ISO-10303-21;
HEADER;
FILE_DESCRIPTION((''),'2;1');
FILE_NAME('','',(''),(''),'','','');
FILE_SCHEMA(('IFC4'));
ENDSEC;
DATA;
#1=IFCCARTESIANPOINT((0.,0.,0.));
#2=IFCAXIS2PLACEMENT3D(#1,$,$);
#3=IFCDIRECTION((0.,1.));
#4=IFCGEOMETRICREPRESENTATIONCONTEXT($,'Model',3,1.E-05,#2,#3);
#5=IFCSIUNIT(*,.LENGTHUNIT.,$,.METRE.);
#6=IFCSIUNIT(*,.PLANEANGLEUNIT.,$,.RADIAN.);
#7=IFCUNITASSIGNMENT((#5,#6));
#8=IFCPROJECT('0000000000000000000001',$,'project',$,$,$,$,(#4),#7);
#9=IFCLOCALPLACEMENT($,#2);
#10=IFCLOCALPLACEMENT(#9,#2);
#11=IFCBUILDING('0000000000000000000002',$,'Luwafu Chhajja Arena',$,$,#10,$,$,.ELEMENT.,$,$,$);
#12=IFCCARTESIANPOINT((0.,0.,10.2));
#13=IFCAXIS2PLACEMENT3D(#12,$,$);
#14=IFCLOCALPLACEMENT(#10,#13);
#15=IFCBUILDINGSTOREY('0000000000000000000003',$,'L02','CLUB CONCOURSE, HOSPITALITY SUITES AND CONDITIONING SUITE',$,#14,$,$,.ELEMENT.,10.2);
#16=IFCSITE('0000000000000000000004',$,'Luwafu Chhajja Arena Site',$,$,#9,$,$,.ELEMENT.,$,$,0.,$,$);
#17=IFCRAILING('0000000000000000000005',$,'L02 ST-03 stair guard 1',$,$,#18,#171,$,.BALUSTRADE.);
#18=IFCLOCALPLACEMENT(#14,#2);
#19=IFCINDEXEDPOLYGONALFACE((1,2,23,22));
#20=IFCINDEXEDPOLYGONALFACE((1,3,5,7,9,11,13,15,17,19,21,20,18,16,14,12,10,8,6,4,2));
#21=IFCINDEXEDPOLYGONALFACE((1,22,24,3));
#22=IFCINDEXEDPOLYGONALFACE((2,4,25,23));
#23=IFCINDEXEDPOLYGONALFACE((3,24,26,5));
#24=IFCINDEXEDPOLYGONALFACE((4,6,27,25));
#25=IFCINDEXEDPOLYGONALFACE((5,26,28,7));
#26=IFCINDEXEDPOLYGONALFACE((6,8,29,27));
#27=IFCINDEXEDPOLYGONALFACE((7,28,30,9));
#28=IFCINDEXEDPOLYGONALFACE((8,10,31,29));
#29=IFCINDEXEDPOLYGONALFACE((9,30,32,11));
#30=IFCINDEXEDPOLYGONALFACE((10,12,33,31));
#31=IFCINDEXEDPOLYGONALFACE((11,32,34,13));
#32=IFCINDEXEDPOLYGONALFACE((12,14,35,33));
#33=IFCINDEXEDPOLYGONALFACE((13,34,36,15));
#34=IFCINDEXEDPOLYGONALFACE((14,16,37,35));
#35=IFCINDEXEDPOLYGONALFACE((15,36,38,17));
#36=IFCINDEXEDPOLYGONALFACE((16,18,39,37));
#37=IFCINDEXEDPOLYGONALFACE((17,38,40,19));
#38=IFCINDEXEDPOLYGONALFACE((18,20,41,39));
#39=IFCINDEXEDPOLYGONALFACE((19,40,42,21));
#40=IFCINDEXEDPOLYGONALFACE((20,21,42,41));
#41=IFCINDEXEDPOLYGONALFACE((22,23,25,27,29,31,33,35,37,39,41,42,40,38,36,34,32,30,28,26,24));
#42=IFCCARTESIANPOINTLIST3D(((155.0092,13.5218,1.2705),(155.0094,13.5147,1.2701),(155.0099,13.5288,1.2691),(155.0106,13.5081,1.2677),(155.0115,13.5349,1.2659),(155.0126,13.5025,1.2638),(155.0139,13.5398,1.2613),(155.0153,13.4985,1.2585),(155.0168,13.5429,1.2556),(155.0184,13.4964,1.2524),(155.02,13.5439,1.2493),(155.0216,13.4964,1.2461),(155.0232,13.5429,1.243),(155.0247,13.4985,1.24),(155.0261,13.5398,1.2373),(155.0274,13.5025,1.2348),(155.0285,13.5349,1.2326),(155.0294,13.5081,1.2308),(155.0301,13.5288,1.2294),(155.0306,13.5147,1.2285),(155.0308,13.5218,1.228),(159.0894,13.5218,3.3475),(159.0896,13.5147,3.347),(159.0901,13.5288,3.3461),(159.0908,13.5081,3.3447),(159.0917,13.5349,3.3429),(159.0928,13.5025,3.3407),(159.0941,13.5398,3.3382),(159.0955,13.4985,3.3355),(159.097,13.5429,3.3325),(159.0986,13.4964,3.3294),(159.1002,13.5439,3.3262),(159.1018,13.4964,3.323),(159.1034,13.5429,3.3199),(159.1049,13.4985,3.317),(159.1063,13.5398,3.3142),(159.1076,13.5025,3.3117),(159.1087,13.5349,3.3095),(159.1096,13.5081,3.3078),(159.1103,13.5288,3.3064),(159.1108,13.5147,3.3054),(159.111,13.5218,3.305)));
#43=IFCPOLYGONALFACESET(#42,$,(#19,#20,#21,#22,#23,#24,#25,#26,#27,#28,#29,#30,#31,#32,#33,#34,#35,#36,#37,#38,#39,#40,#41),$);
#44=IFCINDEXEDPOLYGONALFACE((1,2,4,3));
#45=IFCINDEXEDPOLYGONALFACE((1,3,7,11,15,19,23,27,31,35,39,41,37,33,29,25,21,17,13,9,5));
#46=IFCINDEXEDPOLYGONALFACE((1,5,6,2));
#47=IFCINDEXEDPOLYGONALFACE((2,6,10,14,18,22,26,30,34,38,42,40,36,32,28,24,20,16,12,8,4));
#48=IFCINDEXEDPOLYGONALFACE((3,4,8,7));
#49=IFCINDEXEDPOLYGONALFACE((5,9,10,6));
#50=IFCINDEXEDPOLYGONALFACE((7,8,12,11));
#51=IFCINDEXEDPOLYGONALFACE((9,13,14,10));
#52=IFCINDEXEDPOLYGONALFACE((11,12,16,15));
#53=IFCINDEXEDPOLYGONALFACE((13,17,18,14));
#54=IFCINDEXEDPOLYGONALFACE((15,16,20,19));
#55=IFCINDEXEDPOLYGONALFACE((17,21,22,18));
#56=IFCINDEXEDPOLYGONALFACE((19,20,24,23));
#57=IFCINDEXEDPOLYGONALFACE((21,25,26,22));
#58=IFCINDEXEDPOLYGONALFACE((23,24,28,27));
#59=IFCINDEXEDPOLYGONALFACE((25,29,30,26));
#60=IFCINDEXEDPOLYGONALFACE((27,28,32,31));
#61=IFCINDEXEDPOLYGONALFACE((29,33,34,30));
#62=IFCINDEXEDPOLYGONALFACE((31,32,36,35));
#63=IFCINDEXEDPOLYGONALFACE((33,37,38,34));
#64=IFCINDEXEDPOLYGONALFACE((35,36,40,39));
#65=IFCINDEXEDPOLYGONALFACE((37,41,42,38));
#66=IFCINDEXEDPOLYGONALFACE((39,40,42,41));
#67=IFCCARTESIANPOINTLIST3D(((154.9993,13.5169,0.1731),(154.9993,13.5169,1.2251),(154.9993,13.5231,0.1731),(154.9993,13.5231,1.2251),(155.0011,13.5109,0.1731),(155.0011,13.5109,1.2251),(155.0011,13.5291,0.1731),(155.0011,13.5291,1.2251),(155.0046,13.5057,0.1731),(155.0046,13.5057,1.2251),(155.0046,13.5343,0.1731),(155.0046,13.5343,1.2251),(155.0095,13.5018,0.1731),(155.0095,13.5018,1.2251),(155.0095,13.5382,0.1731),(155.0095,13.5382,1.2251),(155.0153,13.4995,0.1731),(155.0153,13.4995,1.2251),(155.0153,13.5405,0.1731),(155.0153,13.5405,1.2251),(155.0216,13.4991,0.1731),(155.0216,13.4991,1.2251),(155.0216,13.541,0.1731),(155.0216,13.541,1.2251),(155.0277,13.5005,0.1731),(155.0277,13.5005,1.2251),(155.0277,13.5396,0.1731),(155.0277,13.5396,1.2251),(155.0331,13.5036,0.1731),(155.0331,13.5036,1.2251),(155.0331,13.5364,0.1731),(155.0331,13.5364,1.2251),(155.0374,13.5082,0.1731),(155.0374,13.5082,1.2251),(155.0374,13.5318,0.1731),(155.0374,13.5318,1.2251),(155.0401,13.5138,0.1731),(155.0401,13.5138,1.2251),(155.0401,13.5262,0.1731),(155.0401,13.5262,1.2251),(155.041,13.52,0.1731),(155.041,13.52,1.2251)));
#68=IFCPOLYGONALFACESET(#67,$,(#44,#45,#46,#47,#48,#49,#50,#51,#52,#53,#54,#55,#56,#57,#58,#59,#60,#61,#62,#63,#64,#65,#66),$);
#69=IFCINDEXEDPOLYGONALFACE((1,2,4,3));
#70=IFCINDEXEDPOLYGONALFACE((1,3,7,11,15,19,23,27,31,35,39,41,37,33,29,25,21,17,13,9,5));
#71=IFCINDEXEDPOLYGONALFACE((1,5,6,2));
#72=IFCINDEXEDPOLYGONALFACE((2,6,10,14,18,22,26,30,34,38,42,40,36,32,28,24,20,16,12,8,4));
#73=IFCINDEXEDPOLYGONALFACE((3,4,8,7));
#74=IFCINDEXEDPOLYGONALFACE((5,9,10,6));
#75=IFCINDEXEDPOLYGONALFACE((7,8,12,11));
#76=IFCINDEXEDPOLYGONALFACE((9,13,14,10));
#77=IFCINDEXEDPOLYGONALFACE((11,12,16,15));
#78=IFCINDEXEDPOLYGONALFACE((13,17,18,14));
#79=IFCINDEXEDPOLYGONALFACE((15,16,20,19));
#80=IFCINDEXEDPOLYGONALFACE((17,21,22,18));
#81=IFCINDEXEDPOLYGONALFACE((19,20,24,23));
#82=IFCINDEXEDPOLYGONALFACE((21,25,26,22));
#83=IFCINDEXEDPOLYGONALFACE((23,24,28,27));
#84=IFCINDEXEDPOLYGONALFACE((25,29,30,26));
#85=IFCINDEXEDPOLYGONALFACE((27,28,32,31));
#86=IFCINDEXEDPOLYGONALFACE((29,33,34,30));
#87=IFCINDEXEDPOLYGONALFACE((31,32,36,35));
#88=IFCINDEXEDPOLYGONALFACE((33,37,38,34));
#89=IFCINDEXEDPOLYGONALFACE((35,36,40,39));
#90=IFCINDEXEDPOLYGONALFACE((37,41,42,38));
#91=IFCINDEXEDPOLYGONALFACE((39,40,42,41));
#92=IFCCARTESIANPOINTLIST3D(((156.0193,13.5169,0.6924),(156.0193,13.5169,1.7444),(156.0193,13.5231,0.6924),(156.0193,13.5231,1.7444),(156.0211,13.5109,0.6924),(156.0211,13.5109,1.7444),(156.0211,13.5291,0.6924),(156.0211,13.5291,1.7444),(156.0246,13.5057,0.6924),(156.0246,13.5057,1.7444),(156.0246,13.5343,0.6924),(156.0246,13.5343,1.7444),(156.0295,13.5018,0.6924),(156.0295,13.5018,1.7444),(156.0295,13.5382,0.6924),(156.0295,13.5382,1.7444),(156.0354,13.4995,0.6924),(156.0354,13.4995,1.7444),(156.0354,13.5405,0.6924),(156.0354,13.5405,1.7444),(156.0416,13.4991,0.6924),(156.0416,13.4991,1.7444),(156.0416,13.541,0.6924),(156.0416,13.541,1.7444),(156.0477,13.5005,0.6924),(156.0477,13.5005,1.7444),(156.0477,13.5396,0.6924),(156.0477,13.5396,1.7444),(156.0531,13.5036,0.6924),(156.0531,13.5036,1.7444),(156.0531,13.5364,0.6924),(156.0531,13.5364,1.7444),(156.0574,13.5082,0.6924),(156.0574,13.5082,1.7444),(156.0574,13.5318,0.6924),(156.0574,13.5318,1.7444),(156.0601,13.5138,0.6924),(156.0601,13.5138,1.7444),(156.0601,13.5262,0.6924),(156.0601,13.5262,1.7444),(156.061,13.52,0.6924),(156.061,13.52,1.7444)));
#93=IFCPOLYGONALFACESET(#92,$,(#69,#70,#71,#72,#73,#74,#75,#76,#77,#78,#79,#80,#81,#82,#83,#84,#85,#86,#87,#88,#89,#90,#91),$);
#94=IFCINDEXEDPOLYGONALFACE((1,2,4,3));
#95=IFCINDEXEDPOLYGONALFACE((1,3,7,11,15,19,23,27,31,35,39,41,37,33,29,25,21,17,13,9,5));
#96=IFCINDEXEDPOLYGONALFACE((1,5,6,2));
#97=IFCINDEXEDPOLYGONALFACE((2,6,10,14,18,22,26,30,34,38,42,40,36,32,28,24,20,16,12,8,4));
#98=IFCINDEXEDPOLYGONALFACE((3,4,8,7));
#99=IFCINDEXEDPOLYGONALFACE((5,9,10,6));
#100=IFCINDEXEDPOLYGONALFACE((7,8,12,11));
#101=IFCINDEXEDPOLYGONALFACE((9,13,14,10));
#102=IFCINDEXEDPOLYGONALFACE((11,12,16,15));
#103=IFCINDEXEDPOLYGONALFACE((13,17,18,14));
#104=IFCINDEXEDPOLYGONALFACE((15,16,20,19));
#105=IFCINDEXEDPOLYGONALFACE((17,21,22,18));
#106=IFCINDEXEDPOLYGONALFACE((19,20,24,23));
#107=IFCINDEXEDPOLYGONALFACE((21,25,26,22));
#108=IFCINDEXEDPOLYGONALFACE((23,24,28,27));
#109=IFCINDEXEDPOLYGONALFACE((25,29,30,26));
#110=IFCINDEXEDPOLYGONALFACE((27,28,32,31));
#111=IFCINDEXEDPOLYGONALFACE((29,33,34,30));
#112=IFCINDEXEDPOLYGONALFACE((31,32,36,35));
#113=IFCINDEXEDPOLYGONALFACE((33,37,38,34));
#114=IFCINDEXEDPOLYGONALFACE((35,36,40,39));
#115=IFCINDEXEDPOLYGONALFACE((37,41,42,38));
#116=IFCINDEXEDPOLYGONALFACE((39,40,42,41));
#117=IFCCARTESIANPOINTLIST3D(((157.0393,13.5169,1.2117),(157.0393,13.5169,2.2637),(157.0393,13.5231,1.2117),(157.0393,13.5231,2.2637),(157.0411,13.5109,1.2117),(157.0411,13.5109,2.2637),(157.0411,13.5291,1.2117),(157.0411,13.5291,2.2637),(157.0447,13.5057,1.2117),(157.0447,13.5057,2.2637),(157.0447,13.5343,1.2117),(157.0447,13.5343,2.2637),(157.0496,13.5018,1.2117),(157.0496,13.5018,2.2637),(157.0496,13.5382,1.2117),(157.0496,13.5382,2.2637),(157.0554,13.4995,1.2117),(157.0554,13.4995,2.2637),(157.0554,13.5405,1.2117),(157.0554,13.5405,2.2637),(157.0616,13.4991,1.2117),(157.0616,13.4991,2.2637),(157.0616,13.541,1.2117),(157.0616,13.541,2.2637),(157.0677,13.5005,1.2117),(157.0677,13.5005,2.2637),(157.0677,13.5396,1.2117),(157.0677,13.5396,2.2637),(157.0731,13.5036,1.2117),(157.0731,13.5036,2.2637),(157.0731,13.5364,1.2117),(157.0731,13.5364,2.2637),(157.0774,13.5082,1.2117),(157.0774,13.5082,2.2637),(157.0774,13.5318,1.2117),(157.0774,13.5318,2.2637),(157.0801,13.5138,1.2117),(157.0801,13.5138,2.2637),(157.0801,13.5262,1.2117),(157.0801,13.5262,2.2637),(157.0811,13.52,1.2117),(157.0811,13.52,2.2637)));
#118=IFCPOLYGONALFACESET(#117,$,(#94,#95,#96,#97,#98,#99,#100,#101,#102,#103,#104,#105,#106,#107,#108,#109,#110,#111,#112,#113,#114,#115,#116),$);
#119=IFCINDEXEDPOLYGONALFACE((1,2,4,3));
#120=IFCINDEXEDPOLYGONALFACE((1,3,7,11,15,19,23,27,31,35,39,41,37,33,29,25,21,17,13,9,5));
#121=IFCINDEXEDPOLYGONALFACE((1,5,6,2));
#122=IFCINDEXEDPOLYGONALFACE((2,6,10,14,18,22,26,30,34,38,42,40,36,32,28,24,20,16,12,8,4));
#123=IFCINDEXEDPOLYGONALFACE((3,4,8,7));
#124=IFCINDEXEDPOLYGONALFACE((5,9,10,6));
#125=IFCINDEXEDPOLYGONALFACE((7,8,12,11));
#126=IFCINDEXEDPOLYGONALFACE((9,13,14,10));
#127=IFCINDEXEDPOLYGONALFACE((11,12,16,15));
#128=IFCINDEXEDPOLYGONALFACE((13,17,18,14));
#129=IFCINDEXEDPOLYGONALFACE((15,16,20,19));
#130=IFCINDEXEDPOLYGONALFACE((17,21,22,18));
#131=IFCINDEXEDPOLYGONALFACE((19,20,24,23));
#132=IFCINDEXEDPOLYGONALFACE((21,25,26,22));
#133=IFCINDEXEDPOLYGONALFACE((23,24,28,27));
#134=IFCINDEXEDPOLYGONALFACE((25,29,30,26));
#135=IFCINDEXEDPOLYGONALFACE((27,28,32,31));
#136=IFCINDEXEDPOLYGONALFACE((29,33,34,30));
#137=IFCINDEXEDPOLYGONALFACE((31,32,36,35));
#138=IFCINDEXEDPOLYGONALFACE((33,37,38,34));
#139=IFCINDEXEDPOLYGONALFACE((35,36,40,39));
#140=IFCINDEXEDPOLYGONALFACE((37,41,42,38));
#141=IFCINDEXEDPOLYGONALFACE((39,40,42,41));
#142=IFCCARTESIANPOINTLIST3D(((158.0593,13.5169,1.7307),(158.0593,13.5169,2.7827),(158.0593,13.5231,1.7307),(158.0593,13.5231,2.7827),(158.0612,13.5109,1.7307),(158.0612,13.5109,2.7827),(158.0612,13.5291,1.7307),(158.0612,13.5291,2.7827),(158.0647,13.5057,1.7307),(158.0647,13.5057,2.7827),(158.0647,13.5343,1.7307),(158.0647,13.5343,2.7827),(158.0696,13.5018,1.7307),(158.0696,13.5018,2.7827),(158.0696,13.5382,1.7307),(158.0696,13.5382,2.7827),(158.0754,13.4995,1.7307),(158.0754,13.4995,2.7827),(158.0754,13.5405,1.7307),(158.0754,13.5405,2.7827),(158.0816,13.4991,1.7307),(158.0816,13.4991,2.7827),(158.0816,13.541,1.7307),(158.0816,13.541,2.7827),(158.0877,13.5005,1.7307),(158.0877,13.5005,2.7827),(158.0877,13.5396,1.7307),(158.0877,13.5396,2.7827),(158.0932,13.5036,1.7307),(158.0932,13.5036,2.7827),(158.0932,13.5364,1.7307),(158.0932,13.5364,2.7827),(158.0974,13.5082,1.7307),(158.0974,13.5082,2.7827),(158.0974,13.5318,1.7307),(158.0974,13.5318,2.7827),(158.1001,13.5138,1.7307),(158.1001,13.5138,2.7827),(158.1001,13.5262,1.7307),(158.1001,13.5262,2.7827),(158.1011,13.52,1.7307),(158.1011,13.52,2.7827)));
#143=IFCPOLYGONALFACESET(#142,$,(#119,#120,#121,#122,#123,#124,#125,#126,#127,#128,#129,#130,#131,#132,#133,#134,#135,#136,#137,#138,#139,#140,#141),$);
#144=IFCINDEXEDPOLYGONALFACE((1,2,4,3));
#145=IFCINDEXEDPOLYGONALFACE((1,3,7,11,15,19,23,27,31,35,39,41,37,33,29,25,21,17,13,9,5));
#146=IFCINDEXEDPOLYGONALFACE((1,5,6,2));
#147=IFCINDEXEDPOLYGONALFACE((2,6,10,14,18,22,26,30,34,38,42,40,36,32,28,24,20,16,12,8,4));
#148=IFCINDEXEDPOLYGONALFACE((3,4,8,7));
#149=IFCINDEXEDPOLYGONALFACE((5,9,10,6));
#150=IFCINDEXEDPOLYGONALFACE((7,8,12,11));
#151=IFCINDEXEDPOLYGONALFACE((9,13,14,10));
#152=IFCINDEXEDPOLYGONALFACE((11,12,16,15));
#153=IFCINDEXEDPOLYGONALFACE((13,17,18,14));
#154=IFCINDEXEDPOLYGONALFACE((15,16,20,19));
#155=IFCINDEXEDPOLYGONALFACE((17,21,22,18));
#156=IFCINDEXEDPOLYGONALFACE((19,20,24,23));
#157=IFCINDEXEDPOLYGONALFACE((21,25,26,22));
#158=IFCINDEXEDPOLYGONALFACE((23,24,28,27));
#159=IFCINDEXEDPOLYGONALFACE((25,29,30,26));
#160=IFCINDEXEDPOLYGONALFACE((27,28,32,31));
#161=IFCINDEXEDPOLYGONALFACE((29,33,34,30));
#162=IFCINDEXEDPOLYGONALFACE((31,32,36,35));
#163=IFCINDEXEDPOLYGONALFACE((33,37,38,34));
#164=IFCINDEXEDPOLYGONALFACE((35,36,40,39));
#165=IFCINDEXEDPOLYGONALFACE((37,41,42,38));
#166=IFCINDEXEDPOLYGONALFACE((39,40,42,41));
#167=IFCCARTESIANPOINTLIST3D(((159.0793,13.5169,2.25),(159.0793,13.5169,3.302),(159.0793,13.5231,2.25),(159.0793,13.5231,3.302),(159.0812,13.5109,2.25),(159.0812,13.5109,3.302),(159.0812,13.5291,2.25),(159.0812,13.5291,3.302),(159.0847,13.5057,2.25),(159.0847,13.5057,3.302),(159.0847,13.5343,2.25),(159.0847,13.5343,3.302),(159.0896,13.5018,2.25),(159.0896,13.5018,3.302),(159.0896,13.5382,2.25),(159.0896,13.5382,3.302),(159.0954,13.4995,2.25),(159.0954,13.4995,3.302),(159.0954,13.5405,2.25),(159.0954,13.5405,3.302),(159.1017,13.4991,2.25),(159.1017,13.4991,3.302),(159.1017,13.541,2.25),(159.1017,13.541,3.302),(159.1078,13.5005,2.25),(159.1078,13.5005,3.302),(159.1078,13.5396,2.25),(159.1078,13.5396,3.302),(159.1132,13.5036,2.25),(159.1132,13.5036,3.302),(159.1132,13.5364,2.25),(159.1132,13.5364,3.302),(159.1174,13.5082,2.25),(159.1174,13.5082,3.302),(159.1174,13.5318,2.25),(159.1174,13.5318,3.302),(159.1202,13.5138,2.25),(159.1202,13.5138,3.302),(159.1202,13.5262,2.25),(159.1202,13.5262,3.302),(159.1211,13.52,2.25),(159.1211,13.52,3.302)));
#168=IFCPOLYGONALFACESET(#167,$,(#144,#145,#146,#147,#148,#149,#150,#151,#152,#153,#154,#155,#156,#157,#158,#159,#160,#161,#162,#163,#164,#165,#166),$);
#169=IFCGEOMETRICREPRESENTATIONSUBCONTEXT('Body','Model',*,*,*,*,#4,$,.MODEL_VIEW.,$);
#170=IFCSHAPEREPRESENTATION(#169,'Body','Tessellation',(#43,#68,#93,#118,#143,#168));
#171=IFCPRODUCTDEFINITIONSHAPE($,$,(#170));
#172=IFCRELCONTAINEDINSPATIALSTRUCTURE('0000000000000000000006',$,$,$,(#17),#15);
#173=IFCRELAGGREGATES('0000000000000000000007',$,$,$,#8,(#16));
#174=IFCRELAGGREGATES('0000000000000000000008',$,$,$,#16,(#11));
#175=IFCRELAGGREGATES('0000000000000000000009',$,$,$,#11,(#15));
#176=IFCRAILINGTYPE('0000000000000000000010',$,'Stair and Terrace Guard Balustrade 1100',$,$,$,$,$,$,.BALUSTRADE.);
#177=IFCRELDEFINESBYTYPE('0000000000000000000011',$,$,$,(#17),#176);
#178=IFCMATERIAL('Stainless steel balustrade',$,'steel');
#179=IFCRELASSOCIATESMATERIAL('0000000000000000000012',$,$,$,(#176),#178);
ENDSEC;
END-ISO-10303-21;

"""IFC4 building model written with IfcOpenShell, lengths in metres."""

from ifc_helpers import new_model, si_unit, direction, frame, origin, origin_2d, place, context, subcontext, project, spatial, circle, extrude, material, type_object, element, save


model = new_model("IFC4")

# Units and contexts
model_context = context("Model", 3, precision=1e-05, world=origin(), true_north=direction((0.0, 1.0)))
body_context = subcontext(model_context, "Body", "Model", "MODEL_VIEW")
ifc_project = project(units=[si_unit("LENGTHUNIT", "METRE"), si_unit("PLANEANGLEUNIT", "RADIAN")], contexts=[model_context])

# Site, building, storey
site_placement = place(None, origin())
site = spatial("IfcSite", under=ifc_project, at=site_placement, Name="Luwafu Chhajja Arena Site", CompositionType="ELEMENT", RefElevation=0.0)
building_placement = place(site_placement, origin())
building = spatial("IfcBuilding", under=site, at=building_placement, Name="Luwafu Chhajja Arena", CompositionType="ELEMENT")
storey_placement = place(building_placement, frame((0.0, 0.0, 10.2)))
storey = spatial("IfcBuildingStorey", under=building, at=storey_placement, Name="L02", Description="CLUB CONCOURSE, HOSPITALITY SUITES AND CONDITIONING SUITE", CompositionType="ELEMENT", Elevation=10.2)

# Railing
ifc_material_1 = material(Name="Stainless steel balustrade", Category="steel")
railing_type_1 = type_object("IfcRailingType", Name="Stair and Terrace Guard Balustrade 1100", PredefinedType="BALUSTRADE", material=ifc_material_1)
railing_1_placement = place(storey_placement, frame((155.02, 13.52, 0.1731)))
element("IfcRailing", 1, at=railing_1_placement, inside=storey, type_object=railing_type_1, Name="L02 ST-03 stair guard 1", PredefinedType="BALUSTRADE", context=body_context, shape_type="SweptSolid", body=[
    extrude(circle(Radius=0.0239, at=origin_2d()), frame((0.0, 0.0, 1.0762), z_axis=(0.891183, 0.0, 0.453644), x_axis=(0.0, 1.0, 0.0)), (0.0, 0.0, 1.0), 4.5784),
    extrude(circle(Radius=0.021, at=origin_2d()), origin(), (0.0, 0.0, 1.0), 1.052),
    extrude(circle(Radius=0.021, at=origin_2d()), frame((1.02, 0.0, 0.5193)), (0.0, 0.0, 1.0), 1.052),
    extrude(circle(Radius=0.021, at=origin_2d()), frame((2.04, 0.0, 1.0386)), (0.0, 0.0, 1.0), 1.052),
    extrude(circle(Radius=0.021, at=origin_2d()), frame((3.0601, 0.0, 1.5576)), (0.0, 0.0, 1.0), 1.052),
    extrude(circle(Radius=0.021, at=origin_2d()), frame((4.0801, 0.0, 2.0769)), (0.0, 0.0, 1.0), 1.052),
])

save(model, "model.ifc")
